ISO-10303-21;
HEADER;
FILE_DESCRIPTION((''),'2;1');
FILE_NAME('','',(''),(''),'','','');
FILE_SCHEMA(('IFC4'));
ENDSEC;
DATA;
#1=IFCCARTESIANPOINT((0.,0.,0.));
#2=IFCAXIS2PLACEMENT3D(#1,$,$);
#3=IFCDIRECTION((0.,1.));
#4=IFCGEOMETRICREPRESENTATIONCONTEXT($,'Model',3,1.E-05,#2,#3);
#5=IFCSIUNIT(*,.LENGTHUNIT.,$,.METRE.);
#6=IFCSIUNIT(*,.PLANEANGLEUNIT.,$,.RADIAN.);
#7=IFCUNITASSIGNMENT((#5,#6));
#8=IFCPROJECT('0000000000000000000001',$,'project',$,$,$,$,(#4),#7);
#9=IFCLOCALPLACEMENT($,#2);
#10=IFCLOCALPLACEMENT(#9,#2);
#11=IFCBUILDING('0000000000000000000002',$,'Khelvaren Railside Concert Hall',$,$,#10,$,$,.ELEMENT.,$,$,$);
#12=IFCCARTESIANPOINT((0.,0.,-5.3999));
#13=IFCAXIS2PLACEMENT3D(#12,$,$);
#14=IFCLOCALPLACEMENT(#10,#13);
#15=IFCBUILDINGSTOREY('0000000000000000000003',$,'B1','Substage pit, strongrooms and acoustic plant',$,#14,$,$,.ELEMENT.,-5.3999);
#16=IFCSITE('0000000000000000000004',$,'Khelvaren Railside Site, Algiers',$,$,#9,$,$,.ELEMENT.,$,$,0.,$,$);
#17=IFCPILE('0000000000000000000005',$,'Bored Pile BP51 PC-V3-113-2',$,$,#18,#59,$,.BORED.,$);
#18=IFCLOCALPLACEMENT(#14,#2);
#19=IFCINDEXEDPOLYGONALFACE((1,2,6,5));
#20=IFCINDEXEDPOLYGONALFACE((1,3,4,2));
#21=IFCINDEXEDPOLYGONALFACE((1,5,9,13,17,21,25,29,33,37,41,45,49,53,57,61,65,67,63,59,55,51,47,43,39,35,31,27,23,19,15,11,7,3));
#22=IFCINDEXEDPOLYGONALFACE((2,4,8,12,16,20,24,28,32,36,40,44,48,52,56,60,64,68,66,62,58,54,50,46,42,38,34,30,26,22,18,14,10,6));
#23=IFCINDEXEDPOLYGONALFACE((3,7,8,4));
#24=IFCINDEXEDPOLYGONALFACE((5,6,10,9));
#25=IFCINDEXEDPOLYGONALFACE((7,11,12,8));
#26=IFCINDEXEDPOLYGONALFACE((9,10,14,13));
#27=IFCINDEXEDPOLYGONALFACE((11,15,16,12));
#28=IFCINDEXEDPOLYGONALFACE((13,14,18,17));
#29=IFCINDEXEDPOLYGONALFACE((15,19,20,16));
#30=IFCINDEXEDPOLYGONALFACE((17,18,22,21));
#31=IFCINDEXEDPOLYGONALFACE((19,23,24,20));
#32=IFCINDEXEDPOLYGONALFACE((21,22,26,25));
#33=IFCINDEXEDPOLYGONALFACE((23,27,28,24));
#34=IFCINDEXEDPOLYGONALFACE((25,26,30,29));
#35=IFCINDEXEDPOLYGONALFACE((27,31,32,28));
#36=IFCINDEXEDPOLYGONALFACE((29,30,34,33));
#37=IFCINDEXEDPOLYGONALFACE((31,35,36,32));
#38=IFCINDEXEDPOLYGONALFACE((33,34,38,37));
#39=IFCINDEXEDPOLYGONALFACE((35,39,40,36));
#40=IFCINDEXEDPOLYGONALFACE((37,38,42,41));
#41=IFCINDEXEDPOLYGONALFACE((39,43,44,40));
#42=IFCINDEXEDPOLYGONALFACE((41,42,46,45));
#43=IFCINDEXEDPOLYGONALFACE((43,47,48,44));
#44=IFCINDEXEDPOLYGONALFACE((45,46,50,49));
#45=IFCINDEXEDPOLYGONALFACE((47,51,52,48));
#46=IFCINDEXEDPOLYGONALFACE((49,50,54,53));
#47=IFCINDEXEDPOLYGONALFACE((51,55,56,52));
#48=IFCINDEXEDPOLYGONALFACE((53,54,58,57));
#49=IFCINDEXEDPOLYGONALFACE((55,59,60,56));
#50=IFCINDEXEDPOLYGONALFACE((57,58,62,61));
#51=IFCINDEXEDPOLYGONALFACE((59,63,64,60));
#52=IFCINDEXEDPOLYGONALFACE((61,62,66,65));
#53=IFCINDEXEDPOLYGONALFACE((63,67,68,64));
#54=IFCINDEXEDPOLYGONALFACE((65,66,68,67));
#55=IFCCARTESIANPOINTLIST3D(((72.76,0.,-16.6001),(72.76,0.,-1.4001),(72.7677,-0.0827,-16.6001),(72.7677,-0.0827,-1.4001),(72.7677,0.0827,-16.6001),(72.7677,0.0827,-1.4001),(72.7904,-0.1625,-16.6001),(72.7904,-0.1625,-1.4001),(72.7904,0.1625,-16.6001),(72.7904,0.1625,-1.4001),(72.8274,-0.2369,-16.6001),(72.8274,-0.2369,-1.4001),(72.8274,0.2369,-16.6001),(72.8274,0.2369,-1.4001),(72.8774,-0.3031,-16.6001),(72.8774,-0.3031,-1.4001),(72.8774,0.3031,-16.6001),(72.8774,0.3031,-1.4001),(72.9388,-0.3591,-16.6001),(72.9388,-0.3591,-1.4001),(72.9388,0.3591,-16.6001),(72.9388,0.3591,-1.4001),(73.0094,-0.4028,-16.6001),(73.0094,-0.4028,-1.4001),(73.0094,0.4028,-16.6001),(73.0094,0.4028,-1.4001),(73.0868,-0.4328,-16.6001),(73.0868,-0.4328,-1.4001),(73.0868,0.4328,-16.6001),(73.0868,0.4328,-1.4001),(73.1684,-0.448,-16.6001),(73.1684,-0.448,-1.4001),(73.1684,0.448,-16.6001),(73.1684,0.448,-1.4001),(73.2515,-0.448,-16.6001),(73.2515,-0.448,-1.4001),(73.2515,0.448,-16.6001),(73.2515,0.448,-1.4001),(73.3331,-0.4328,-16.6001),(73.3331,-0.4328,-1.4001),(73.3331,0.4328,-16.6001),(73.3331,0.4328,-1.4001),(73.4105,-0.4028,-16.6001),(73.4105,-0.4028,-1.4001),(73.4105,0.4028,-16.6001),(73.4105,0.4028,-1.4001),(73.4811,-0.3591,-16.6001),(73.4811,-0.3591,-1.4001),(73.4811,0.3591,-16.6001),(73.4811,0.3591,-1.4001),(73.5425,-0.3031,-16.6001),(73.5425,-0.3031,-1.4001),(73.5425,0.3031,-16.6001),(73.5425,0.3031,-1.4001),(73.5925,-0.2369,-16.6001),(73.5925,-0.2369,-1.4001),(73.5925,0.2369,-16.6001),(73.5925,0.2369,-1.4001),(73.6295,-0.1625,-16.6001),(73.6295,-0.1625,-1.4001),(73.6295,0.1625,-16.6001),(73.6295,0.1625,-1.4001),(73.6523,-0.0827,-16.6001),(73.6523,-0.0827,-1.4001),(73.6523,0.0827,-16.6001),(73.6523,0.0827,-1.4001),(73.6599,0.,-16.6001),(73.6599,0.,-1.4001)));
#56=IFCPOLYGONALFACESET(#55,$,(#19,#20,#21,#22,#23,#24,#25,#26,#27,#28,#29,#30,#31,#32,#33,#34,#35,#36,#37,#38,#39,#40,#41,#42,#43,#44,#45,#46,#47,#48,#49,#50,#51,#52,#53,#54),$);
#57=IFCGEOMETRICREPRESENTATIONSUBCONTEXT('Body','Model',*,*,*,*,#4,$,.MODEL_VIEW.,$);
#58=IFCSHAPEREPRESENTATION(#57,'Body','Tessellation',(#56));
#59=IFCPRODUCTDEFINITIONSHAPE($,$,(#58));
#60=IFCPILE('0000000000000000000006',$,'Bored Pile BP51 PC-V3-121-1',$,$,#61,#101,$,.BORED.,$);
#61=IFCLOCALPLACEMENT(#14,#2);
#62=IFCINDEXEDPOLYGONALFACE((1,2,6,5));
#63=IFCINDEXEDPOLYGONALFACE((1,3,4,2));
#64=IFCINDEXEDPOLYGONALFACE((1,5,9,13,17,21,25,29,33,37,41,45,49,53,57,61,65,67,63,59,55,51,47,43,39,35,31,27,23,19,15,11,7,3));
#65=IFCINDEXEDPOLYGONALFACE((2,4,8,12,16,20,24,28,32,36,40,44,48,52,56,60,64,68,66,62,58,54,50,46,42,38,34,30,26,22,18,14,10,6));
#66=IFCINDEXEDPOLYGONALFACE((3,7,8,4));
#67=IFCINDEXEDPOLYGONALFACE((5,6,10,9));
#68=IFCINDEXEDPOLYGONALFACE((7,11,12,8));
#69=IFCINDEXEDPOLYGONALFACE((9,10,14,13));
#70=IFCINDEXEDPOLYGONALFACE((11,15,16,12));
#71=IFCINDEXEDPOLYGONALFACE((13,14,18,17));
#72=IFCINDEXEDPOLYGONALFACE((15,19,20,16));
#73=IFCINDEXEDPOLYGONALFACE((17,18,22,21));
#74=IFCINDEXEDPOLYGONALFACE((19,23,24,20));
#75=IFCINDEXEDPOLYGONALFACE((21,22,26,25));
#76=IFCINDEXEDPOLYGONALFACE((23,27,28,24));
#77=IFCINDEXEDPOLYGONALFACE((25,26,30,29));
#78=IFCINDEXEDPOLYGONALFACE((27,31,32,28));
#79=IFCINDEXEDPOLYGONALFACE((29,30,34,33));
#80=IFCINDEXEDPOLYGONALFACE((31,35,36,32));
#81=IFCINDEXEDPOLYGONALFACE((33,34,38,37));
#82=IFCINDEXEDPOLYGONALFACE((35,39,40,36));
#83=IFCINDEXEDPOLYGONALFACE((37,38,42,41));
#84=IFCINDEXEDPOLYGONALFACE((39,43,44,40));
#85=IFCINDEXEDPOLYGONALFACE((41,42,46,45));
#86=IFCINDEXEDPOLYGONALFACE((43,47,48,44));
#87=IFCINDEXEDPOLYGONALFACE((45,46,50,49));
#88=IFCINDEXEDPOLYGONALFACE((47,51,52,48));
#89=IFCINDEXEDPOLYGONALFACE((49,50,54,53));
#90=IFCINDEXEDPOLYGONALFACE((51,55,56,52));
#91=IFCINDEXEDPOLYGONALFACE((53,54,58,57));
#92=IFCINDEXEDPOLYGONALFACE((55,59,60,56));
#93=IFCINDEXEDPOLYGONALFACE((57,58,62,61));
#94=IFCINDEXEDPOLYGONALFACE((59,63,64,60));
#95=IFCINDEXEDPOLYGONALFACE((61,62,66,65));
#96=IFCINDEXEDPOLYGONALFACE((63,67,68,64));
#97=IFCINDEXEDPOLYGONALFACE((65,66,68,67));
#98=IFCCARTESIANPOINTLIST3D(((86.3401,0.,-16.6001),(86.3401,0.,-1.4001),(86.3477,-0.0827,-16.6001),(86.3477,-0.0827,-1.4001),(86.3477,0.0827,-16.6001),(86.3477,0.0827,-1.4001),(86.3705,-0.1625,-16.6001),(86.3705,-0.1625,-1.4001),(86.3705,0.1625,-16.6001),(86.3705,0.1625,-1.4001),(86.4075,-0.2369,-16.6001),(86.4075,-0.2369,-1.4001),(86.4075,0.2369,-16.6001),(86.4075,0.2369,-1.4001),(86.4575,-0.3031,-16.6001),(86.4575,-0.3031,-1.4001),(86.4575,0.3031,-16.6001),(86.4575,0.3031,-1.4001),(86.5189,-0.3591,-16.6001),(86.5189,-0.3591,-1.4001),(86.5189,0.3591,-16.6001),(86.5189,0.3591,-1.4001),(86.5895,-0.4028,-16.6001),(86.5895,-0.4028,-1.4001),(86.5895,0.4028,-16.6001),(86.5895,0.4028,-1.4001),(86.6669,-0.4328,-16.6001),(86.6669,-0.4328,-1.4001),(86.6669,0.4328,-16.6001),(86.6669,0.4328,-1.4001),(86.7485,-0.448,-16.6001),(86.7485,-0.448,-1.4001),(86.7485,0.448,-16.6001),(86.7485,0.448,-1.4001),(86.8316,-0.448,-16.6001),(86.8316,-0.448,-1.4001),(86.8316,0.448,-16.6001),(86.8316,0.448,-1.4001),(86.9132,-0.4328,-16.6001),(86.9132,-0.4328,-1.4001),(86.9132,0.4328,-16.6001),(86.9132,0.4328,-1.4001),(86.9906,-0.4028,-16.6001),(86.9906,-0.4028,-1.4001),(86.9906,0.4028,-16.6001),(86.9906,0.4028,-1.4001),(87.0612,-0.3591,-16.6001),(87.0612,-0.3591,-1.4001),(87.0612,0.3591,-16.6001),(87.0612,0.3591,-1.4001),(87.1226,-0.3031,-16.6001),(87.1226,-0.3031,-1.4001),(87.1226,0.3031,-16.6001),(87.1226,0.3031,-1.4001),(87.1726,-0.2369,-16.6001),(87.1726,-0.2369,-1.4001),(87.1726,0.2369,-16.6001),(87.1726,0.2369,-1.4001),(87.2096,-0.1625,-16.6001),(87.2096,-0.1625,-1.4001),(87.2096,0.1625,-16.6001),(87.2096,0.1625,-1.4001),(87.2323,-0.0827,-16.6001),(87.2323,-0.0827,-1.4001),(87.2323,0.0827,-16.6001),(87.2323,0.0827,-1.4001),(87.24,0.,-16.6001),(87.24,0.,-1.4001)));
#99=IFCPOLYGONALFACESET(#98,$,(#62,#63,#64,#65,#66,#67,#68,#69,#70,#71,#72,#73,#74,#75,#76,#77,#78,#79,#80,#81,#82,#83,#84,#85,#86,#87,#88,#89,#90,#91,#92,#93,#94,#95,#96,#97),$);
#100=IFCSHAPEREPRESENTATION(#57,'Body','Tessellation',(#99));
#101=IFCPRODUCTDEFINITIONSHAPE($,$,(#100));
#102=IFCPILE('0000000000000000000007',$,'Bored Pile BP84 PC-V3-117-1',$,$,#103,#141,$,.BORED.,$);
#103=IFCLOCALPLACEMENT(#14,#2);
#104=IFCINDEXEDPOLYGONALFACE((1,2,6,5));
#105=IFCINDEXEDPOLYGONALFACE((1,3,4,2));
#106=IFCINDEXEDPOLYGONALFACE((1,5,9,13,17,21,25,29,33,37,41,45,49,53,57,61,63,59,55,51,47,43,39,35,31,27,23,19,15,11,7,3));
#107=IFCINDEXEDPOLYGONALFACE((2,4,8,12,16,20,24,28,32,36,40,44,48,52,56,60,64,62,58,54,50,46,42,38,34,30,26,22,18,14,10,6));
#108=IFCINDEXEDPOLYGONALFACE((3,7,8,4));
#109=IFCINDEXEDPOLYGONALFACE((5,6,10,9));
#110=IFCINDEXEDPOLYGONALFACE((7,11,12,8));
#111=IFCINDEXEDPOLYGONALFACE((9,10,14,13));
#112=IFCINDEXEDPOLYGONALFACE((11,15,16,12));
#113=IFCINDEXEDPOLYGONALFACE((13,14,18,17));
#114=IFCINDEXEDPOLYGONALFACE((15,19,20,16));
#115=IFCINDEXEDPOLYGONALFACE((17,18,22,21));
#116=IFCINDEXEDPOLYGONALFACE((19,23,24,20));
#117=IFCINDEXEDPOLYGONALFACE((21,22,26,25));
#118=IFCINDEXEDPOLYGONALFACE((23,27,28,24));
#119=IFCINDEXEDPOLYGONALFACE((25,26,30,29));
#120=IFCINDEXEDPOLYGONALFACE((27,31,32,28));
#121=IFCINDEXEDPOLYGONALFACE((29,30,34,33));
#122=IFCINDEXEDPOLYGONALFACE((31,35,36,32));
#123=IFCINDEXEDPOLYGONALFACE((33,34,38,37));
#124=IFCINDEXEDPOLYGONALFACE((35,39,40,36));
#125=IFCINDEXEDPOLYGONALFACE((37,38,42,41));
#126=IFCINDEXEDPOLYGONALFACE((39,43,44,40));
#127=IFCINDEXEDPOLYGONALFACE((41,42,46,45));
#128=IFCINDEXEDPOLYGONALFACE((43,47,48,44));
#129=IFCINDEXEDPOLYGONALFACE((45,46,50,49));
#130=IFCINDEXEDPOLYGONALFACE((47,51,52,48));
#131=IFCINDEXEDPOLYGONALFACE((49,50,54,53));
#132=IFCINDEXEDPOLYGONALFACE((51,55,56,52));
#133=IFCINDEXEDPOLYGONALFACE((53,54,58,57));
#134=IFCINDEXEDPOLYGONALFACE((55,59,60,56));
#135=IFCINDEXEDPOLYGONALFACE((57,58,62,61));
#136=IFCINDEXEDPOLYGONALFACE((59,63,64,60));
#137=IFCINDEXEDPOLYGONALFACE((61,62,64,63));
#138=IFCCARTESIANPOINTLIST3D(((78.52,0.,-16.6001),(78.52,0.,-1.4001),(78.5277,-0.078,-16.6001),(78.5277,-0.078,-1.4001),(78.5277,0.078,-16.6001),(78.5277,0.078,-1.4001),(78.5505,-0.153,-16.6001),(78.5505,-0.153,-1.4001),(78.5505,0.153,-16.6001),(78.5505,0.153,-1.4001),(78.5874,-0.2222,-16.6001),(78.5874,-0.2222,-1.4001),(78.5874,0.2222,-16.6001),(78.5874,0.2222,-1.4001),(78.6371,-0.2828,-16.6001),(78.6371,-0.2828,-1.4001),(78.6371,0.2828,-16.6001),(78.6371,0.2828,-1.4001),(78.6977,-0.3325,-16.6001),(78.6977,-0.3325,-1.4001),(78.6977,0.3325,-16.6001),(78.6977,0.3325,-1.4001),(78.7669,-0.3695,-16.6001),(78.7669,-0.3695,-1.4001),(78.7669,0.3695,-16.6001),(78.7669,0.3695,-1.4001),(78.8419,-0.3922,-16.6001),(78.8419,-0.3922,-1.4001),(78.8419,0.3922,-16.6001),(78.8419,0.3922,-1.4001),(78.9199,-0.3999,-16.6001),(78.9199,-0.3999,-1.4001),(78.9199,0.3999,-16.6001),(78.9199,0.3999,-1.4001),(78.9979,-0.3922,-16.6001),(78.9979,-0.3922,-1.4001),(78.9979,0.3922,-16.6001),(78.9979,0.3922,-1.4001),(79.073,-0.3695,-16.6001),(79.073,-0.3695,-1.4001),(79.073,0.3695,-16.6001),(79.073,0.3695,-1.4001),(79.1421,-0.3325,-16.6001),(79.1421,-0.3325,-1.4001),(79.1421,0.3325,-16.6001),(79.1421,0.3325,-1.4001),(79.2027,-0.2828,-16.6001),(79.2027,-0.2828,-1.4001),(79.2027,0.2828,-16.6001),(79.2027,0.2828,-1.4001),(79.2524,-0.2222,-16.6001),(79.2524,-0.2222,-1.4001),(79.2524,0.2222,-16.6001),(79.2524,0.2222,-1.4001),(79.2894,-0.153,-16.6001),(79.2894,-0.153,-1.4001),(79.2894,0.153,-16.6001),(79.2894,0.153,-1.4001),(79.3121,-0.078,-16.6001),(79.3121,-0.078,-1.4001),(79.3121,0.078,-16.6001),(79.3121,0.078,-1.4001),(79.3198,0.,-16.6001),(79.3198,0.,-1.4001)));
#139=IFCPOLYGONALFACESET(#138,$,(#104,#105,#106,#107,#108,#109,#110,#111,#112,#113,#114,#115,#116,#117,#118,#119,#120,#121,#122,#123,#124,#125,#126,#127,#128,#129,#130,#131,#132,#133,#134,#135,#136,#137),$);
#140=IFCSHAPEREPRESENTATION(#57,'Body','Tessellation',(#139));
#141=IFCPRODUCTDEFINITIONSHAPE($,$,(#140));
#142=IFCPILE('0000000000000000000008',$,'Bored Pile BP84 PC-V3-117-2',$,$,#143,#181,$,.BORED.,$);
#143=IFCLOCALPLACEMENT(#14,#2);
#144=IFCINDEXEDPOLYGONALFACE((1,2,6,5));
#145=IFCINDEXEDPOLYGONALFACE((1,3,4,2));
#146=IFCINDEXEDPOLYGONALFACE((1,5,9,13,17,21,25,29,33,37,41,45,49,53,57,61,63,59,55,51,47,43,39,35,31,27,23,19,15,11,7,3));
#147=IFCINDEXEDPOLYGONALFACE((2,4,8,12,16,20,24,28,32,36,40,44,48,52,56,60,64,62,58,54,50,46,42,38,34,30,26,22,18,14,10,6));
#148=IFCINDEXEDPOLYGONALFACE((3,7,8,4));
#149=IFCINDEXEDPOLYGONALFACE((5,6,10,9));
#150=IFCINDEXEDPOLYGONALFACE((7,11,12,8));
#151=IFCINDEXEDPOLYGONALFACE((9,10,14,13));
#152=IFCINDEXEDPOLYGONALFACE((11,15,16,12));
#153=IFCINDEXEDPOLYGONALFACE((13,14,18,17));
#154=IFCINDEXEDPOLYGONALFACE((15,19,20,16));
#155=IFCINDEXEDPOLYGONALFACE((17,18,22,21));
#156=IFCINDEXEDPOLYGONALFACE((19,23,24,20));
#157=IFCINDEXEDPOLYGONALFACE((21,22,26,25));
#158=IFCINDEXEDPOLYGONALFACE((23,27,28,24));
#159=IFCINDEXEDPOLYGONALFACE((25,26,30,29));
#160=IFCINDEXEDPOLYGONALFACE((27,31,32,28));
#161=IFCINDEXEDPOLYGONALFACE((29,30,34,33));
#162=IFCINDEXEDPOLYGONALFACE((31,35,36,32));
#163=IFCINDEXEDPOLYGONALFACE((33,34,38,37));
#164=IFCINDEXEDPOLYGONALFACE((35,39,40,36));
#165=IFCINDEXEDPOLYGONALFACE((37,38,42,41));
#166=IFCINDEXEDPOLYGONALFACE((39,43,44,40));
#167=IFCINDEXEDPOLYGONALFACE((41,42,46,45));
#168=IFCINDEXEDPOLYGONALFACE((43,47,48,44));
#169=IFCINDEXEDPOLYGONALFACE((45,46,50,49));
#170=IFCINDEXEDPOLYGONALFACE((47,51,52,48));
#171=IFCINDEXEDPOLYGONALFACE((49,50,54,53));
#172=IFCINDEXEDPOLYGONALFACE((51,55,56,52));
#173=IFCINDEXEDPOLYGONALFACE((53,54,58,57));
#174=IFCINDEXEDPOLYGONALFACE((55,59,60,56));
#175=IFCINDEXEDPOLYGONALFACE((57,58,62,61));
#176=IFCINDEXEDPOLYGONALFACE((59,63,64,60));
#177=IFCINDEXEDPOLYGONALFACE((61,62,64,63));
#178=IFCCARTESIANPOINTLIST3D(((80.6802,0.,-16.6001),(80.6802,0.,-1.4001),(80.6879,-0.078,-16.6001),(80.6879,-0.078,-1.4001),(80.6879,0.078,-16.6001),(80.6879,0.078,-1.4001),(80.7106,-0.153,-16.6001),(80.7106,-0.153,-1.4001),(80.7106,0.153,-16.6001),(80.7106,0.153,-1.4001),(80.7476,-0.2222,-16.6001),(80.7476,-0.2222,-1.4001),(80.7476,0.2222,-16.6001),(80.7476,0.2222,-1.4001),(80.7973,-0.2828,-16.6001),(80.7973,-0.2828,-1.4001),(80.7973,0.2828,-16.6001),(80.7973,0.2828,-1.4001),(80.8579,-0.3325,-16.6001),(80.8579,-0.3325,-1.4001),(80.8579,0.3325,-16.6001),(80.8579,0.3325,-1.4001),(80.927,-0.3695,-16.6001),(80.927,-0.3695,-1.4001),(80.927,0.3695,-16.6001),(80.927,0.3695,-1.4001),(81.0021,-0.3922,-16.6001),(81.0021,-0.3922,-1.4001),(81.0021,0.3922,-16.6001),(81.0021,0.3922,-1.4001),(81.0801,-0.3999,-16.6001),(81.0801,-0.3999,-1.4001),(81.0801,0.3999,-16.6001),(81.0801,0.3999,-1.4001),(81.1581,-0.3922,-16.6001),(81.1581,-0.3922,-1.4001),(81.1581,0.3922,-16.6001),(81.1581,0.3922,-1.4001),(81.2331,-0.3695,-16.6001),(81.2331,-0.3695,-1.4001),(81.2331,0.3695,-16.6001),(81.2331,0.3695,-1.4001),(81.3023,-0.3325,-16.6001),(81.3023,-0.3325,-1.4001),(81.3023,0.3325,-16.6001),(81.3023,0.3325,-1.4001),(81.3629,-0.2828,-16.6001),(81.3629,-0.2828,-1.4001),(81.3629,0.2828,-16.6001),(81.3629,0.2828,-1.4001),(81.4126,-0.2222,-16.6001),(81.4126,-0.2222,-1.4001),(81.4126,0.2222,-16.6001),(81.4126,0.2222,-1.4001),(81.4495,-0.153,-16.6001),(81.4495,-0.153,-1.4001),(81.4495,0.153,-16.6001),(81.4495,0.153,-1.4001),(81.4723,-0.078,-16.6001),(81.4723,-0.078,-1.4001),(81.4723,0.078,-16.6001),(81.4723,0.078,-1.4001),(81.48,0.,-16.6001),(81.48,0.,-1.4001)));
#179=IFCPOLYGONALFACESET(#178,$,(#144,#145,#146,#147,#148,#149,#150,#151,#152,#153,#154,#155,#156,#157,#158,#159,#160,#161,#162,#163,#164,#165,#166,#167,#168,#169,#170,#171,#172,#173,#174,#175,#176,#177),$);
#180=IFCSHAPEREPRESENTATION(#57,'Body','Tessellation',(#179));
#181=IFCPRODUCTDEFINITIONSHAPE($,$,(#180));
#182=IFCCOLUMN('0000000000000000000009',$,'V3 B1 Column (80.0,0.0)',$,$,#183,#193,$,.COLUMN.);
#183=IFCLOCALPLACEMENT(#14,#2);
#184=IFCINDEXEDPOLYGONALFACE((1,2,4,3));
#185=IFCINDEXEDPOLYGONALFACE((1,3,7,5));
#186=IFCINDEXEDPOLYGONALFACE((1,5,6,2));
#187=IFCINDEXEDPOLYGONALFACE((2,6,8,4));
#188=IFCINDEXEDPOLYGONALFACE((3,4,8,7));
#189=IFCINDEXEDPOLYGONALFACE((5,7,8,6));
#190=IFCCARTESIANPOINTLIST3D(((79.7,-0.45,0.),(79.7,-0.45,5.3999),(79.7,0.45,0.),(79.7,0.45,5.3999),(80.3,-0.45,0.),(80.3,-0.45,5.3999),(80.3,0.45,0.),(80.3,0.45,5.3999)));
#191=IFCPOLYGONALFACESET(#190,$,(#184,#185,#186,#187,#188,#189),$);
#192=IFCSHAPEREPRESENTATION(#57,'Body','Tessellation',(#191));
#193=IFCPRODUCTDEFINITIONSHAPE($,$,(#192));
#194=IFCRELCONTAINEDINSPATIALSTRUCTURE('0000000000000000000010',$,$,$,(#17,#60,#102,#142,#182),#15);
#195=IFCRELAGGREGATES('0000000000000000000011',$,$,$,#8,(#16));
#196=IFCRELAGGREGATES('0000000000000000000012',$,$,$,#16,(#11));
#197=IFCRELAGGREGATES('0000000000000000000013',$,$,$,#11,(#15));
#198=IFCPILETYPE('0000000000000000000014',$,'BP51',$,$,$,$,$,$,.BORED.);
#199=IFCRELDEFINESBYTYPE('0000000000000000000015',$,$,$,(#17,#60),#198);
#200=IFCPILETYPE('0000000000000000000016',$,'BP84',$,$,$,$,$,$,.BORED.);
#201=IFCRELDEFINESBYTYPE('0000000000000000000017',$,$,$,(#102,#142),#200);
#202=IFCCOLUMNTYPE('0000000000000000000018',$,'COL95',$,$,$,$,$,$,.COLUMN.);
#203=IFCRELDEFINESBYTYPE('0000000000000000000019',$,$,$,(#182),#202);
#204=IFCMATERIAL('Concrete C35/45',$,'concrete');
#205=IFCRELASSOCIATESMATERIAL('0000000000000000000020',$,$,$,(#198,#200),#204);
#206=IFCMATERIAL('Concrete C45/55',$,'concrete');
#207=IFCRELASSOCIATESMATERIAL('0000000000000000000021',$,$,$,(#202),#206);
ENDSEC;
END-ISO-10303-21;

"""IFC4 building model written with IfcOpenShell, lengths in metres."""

from ifc_helpers import new_model, si_unit, direction, frame, origin, origin_2d, place, context, subcontext, project, spatial, rectangle, circle, extrude, material, material_profile, profile_set, type_object, element, save


model = new_model("IFC4")

# Units and contexts
model_context = context("Model", 3, precision=1e-05, world=origin(), true_north=direction((0.0, 1.0)))
body_context = subcontext(model_context, "Body", "Model", "MODEL_VIEW")
ifc_project = project(units=[si_unit("LENGTHUNIT", "METRE"), si_unit("PLANEANGLEUNIT", "RADIAN")], contexts=[model_context])

# Site, building, storey
site_placement = place(None, origin())
site = spatial("IfcSite", under=ifc_project, at=site_placement, Name="Khelvaren Railside Site, Algiers", CompositionType="ELEMENT", RefElevation=0.0)
building_placement = place(site_placement, origin())
building = spatial("IfcBuilding", under=site, at=building_placement, Name="Khelvaren Railside Concert Hall", CompositionType="ELEMENT")
storey_placement = place(building_placement, frame((0.0, 0.0, -5.3999)))
storey = spatial("IfcBuildingStorey", under=building, at=storey_placement, Name="B1", Description="Substage pit, strongrooms and acoustic plant", CompositionType="ELEMENT", Elevation=-5.3999)

# Piles
ifc_material_1 = material(Name="Concrete C35/45", Category="concrete")
ifc_material_profile_1 = material_profile(ifc_material_1, circle(Radius=0.45, at=origin_2d()), Name="BP D900")
ifc_profile_set_1 = profile_set([ifc_material_profile_1], Name="Concrete C35/45")
pile_type_1 = type_object("IfcPileType", Name="BP51", PredefinedType="BORED", material=ifc_profile_set_1)
for number, where, z_axis, x_axis, name in (
    (1, (73.21, 0.0, -1.4001), (0.0, 0.0, -1.0), (1.0, 0.0, 0.0), "Bored Pile BP51 PC-V3-113-2"),
    (2, (86.79, 0.0, -1.4001), (0.0, 0.0, -1.0), (1.0, 0.0, 0.0), "Bored Pile BP51 PC-V3-121-1"),
):
    element("IfcPile", number, at=place(storey_placement, frame(where, z_axis=z_axis, x_axis=x_axis)), inside=storey, type_object=pile_type_1, Name=name, PredefinedType="BORED", context=body_context, shape_type="SweptSolid", body=[
        extrude(circle(Radius=0.45, at=origin_2d()), origin(), (0.0, 0.0, 1.0), 15.2),
    ])
ifc_material_profile_2 = material_profile(ifc_material_1, circle(Radius=0.3999, at=origin_2d()), Name="BP D800")
ifc_profile_set_2 = profile_set([ifc_material_profile_2], Name="Concrete C35/45")
pile_type_2 = type_object("IfcPileType", Name="BP84", PredefinedType="BORED", material=ifc_profile_set_2)
for number, where, z_axis, x_axis, name in (
    (3, (78.9199, 0.0, -1.4001), (0.0, 0.0, -1.0), (1.0, 0.0, 0.0), "Bored Pile BP84 PC-V3-117-1"),
    (4, (81.0801, 0.0, -1.4001), (0.0, 0.0, -1.0), (1.0, 0.0, 0.0), "Bored Pile BP84 PC-V3-117-2"),
):
    element("IfcPile", number, at=place(storey_placement, frame(where, z_axis=z_axis, x_axis=x_axis)), inside=storey, type_object=pile_type_2, Name=name, PredefinedType="BORED", context=body_context, shape_type="SweptSolid", body=[
        extrude(circle(Radius=0.3999, at=origin_2d()), origin(), (0.0, 0.0, 1.0), 15.2),
    ])

# Column
ifc_material_2 = material(Name="Concrete C45/55", Category="concrete")
ifc_material_profile_3 = material_profile(ifc_material_2, rectangle(XDim=0.6001, YDim=0.8999, at=origin_2d()), Name="RC 600x900")
ifc_profile_set_3 = profile_set([ifc_material_profile_3], Name="Concrete C45/55")
column_type = type_object("IfcColumnType", Name="COL95", PredefinedType="COLUMN", material=ifc_profile_set_3)
column_placement = place(storey_placement, frame((80.0, 0.0, 0.0), z_axis=(0.0, 0.0, 1.0), x_axis=(1.0, 0.0, 0.0)))
element("IfcColumn", 5, at=column_placement, inside=storey, type_object=column_type, Name="V3 B1 Column (80.0,0.0)", PredefinedType="COLUMN", context=body_context, shape_type="SweptSolid", body=[
    extrude(rectangle(XDim=0.6001, YDim=0.8999, at=origin_2d()), origin(), (0.0, 0.0, 1.0), 5.3999),
])

save(model, "model.ifc")
